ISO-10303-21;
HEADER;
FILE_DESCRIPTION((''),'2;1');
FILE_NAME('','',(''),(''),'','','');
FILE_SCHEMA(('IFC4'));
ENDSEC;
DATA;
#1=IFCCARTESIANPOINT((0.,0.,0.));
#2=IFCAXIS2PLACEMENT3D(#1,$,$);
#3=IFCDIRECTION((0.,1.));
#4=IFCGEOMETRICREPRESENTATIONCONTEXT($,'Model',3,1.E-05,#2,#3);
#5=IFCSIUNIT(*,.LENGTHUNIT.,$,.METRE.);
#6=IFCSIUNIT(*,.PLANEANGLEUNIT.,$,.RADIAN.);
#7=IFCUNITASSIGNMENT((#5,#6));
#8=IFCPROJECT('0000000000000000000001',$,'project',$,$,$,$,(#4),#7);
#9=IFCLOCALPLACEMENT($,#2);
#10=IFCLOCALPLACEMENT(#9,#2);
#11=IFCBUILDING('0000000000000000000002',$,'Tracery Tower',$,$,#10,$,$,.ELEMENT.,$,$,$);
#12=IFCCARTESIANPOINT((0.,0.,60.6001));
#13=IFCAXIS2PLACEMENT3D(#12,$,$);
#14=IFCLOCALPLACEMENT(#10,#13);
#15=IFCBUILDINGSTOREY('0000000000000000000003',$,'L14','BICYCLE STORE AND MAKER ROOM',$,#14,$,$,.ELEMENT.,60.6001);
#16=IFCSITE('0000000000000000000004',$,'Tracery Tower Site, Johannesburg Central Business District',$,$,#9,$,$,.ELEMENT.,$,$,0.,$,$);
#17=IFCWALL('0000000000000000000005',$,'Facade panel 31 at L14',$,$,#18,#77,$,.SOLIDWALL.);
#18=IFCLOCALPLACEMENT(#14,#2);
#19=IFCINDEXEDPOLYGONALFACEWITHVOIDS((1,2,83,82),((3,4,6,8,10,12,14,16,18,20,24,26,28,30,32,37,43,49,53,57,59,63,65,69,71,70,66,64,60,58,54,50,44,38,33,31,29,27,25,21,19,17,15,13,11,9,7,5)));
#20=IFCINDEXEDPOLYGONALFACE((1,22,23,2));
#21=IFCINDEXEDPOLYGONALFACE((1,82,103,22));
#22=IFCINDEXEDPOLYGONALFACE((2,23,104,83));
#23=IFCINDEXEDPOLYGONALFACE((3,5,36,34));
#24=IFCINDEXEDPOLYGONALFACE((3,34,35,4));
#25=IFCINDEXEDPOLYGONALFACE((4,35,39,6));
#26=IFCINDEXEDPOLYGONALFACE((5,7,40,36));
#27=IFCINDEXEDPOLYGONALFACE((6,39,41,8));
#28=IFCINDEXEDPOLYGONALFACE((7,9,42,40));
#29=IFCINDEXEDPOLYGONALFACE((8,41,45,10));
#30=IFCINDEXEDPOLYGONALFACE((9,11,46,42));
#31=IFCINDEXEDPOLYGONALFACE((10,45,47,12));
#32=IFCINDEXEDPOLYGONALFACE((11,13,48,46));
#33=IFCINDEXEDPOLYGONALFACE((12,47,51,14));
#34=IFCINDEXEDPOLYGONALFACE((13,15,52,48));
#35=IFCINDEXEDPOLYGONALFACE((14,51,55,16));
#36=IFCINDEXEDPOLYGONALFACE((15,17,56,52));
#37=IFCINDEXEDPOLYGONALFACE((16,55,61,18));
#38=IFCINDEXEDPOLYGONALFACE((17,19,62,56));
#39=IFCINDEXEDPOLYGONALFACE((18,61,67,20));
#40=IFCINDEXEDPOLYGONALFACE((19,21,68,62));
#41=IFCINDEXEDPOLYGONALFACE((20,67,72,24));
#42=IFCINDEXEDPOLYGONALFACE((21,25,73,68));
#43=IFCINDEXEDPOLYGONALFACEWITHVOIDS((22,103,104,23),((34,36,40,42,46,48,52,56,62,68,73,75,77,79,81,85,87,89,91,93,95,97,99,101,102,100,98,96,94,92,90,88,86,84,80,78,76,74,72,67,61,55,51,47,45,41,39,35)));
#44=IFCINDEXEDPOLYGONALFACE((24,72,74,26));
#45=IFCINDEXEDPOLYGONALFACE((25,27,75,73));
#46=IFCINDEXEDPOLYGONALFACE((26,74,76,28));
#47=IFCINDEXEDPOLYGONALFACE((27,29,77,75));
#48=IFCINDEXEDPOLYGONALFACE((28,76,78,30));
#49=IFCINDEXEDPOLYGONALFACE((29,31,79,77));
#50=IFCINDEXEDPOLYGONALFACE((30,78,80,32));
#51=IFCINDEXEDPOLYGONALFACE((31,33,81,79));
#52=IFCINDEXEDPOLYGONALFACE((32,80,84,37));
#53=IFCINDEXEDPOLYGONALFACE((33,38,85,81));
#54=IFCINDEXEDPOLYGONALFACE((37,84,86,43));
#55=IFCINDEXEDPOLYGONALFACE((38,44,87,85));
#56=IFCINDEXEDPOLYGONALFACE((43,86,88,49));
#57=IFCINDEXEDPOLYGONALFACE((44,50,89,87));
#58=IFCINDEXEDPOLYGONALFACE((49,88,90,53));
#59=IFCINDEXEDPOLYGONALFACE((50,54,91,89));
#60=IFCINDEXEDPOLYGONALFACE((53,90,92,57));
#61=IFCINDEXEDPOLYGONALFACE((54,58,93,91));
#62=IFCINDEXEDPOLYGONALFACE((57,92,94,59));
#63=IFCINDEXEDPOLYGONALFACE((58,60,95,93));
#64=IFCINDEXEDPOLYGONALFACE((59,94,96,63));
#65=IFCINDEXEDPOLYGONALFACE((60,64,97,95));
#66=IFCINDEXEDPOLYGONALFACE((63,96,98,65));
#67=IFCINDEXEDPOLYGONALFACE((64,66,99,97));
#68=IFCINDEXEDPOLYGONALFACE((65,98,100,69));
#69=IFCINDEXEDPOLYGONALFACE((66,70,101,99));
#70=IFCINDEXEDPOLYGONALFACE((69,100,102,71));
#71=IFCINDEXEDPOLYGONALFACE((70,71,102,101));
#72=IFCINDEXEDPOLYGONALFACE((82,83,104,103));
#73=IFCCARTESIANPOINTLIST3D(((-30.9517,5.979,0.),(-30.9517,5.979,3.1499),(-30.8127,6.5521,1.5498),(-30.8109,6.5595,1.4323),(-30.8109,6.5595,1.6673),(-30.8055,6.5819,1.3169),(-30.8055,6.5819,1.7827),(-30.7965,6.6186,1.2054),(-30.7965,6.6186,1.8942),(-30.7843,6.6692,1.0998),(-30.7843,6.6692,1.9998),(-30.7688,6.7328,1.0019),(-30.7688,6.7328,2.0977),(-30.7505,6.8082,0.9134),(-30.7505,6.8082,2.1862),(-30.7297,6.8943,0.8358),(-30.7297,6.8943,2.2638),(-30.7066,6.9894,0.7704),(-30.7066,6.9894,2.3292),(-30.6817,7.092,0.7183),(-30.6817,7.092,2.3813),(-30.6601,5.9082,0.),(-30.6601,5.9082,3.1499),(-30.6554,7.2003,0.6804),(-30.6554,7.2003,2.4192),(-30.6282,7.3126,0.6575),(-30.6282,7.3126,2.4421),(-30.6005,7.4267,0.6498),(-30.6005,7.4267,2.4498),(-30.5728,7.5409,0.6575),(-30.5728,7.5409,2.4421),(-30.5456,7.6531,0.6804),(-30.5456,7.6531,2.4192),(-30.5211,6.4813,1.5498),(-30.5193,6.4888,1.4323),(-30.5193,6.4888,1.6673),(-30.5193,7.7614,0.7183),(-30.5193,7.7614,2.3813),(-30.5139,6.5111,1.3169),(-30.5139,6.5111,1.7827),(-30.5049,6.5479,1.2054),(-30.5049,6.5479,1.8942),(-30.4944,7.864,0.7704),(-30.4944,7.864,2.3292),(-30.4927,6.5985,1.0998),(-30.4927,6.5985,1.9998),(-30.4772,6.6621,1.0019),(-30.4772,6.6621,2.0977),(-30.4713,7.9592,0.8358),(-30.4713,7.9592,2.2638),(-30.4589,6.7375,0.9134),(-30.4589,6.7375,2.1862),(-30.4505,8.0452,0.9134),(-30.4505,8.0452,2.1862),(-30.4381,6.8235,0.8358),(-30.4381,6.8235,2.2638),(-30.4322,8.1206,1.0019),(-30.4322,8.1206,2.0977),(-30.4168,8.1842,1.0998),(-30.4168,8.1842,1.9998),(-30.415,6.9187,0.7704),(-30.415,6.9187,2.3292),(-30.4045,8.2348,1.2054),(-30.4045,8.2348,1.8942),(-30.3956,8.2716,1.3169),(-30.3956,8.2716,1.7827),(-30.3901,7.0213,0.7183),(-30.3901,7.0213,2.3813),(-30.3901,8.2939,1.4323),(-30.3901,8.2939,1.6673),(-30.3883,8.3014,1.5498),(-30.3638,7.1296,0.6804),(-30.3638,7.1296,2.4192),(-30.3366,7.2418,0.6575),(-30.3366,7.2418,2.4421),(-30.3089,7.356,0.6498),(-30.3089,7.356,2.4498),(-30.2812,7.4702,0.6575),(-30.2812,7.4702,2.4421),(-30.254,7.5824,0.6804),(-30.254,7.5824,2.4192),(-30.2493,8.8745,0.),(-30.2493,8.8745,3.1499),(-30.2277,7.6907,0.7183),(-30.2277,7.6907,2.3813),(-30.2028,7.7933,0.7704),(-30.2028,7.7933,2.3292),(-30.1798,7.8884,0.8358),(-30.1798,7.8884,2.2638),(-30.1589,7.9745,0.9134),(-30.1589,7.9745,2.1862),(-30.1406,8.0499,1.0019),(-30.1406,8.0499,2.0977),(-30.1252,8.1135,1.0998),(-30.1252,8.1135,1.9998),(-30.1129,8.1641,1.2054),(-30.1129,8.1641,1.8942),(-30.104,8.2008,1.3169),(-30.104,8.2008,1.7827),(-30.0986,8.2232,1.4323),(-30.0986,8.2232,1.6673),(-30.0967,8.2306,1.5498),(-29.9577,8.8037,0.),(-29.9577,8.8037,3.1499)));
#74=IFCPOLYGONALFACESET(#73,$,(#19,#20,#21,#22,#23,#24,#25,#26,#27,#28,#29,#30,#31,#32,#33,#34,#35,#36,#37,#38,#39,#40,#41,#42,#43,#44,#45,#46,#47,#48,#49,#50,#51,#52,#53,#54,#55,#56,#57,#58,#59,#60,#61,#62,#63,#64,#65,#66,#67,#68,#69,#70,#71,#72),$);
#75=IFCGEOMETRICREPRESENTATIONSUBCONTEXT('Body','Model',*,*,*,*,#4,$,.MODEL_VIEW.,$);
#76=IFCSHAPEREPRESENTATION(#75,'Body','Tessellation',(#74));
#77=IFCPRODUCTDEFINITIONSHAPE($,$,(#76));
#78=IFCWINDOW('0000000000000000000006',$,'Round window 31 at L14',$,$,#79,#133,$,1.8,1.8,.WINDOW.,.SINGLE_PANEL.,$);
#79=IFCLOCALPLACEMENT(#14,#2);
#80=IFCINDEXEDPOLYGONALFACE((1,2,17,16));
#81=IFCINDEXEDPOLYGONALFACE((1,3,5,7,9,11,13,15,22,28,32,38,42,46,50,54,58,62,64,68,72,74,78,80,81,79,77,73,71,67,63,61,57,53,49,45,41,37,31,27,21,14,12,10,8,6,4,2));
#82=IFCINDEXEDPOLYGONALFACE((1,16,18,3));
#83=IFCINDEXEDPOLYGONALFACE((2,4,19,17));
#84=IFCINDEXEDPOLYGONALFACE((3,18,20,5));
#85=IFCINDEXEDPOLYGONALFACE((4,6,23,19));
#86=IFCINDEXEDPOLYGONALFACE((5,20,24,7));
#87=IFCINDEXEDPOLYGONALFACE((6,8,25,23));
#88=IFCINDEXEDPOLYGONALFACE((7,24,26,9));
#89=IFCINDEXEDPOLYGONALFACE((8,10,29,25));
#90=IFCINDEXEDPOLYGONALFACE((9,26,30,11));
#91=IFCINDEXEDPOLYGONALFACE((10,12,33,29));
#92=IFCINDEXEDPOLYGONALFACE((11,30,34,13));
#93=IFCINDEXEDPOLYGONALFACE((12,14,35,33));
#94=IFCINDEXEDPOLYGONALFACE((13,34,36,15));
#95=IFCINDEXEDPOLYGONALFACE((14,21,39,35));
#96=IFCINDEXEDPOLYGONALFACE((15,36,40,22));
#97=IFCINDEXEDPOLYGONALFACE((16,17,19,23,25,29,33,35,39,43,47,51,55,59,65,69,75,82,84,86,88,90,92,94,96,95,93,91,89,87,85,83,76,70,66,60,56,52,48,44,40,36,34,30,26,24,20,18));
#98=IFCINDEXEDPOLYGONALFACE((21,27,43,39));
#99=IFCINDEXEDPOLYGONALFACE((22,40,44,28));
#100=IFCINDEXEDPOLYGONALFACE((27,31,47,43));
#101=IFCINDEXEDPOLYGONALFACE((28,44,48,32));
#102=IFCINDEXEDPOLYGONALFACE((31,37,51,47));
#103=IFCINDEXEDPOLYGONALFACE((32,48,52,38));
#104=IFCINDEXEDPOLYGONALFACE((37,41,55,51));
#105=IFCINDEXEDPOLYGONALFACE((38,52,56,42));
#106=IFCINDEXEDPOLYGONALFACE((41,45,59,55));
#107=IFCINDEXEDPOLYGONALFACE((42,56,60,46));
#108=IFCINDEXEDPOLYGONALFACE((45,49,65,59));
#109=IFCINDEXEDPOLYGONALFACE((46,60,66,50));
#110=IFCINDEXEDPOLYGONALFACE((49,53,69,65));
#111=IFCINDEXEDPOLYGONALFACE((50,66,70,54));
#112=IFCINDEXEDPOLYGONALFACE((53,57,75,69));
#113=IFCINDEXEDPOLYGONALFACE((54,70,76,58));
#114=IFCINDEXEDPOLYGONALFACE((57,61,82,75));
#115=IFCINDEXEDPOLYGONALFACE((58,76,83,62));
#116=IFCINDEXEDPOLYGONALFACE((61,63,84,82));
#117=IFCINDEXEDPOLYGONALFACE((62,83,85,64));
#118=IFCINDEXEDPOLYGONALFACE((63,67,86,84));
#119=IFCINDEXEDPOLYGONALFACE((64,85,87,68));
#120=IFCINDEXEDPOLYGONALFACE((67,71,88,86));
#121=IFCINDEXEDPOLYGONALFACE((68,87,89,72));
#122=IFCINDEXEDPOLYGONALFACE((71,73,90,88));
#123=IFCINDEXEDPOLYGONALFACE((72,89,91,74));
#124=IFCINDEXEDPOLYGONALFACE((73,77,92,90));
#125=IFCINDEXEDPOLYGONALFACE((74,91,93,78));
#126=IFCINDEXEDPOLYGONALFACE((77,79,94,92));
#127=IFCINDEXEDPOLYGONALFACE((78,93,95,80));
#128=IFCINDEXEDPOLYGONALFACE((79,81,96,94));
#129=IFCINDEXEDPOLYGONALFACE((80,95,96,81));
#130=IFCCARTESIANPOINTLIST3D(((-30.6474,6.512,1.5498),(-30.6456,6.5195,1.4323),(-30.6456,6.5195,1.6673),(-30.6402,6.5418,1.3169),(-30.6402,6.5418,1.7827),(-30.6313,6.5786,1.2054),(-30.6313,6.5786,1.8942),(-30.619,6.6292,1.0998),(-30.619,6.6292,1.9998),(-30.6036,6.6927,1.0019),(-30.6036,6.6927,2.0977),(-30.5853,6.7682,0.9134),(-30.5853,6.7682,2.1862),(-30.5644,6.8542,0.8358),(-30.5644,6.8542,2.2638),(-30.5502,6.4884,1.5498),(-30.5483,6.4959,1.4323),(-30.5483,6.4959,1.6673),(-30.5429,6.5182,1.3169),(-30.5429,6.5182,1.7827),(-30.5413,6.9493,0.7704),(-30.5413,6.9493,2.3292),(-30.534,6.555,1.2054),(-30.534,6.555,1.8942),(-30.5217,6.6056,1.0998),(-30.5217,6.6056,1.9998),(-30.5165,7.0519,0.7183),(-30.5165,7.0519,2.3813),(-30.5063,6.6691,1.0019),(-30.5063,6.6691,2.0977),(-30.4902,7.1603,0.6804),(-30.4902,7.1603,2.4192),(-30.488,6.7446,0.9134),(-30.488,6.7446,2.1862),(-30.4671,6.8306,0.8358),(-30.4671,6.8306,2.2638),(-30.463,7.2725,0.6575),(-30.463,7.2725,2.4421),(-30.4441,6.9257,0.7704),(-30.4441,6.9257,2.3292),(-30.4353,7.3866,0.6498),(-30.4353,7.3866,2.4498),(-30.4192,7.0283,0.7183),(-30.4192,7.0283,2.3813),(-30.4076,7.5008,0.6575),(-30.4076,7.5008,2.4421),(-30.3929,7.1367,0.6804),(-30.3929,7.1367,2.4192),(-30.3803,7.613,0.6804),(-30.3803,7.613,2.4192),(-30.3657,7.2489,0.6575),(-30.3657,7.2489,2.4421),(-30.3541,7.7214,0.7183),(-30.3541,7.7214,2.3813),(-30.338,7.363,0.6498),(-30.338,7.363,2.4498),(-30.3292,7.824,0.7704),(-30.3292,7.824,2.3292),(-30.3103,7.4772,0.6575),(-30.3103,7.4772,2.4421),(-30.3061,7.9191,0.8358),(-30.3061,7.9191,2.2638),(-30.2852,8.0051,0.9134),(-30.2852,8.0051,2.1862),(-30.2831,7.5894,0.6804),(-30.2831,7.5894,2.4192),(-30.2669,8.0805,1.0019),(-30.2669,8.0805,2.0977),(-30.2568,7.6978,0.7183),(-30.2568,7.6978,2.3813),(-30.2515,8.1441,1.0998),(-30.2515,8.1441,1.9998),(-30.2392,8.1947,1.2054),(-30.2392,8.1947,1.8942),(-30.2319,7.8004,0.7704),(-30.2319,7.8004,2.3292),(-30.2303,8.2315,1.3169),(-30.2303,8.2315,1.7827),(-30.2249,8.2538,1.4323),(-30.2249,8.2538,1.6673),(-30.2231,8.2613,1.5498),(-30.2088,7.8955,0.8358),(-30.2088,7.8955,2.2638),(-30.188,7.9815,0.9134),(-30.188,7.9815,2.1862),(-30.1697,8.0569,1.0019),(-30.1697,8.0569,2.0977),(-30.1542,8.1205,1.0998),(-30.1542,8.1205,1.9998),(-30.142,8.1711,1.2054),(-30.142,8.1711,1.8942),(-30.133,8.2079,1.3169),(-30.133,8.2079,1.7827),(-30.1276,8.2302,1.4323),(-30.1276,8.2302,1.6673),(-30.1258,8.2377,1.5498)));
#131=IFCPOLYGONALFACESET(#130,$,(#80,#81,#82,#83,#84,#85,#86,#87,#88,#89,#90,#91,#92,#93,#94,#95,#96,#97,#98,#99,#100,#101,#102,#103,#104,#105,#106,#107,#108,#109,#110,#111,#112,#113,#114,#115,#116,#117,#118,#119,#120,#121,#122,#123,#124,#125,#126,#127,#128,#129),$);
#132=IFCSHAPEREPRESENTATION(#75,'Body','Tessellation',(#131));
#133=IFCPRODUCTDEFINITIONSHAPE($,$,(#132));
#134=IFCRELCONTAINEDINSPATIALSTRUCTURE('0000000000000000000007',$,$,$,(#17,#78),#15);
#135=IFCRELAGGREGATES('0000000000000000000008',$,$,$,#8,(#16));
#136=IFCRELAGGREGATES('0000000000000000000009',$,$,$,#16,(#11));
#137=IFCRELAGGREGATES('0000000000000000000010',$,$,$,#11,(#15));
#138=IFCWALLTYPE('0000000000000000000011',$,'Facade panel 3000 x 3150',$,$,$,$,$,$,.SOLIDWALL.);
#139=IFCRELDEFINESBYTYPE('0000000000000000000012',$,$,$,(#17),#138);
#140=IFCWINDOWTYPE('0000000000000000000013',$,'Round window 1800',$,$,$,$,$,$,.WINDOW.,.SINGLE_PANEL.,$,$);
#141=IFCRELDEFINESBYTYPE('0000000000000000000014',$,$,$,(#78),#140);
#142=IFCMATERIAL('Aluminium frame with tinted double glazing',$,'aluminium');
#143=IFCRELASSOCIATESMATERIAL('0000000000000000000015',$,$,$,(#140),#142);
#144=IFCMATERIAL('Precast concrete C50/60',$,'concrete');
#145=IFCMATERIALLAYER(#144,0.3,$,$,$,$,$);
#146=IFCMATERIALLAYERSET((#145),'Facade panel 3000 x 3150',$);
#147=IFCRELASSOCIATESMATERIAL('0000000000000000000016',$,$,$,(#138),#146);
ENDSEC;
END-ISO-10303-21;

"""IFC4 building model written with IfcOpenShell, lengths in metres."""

from ifc_helpers import new_model, si_unit, direction, frame, frame_2d, origin, origin_2d, place, context, subcontext, project, spatial, rectangle, circle, extrude, material, layer, layer_set, type_object, element, fill, save


model = new_model("IFC4")

# Units and contexts
model_context = context("Model", 3, precision=1e-05, world=origin(), true_north=direction((0.0, 1.0)))
body_context = subcontext(model_context, "Body", "Model", "MODEL_VIEW")
ifc_project = project(units=[si_unit("LENGTHUNIT", "METRE"), si_unit("PLANEANGLEUNIT", "RADIAN")], contexts=[model_context])

# Site, building, storey
site_placement = place(None, origin())
site = spatial("IfcSite", under=ifc_project, at=site_placement, Name="Tracery Tower Site, Johannesburg Central Business District", CompositionType="ELEMENT", RefElevation=0.0)
building_placement = place(site_placement, origin())
building = spatial("IfcBuilding", under=site, at=building_placement, Name="Tracery Tower", CompositionType="ELEMENT")
storey_placement = place(building_placement, frame((0.0, 0.0, 60.6001)))
storey = spatial("IfcBuildingStorey", under=building, at=storey_placement, Name="L14", Description="BICYCLE STORE AND MAKER ROOM", CompositionType="ELEMENT", Elevation=60.6001)

# Wall, opening, window
ifc_material_1 = material(Name="Aluminium frame with tinted double glazing", Category="aluminium")
window_type = type_object("IfcWindowType", Name="Round window 1800", PartitioningType="SINGLE_PANEL", PredefinedType="WINDOW", material=ifc_material_1)
ifc_material_2 = material(Name="Precast concrete C50/60", Category="concrete")
ifc_layer_1 = layer(ifc_material_2, 0.3)
ifc_layer_set_1 = layer_set([ifc_layer_1], Name="Facade panel 3000 x 3150")
wall_type_1 = type_object("IfcWallType", Name="Facade panel 3000 x 3150", PredefinedType="SOLIDWALL", material=ifc_layer_set_1)
wall_1_placement = place(storey_placement, frame((-30.1035, 8.8391, 0.0), z_axis=(0.0, 0.0, 1.0), x_axis=(-0.235743, -0.971815, 0.0)))
wall_1 = element("IfcWall", 1, at=wall_1_placement, inside=storey, type_object=wall_type_1, Name="Facade panel 31 at L14", PredefinedType="SOLIDWALL", context=body_context, shape_type="SweptSolid", body=[
    extrude(rectangle(XDim=2.9795, YDim=0.3, at=frame_2d((1.4897, 0.0))), origin(), (0.0, 0.0, 1.0), 3.1499),
])
opening_1_placement = place(wall_1_placement, frame((1.4897, 0.0, 1.5498)))
opening_1 = element("IfcOpeningElement", 2, at=opening_1_placement, cuts=wall_1, PredefinedType="OPENING", context=body_context, shape_type="SweptSolid", body=[
    extrude(circle(Radius=0.9, at=origin_2d()), frame((0.0, 0.1599, 0.0), z_axis=(0.0, -1.0, 0.0), x_axis=(1.0, 0.0, 0.0)), (0.0, 0.0, 1.0), 0.3201),
])
window_1_placement = place(opening_1_placement, origin())
window_1 = element("IfcWindow", 3, at=window_1_placement, inside=storey, type_object=window_type, Name="Round window 31 at L14", OverallHeight=1.8, OverallWidth=1.8, PartitioningType="SINGLE_PANEL", PredefinedType="WINDOW", context=body_context, shape_type="SweptSolid", body=[
    extrude(circle(Radius=0.9, at=origin_2d()), frame((0.0, 0.1201, 0.0), z_axis=(0.0, -1.0, 0.0), x_axis=(1.0, 0.0, 0.0)), (0.0, 0.0, 1.0), 0.1001),
])
fill(opening_1, window_1)

save(model, "model.ifc")
